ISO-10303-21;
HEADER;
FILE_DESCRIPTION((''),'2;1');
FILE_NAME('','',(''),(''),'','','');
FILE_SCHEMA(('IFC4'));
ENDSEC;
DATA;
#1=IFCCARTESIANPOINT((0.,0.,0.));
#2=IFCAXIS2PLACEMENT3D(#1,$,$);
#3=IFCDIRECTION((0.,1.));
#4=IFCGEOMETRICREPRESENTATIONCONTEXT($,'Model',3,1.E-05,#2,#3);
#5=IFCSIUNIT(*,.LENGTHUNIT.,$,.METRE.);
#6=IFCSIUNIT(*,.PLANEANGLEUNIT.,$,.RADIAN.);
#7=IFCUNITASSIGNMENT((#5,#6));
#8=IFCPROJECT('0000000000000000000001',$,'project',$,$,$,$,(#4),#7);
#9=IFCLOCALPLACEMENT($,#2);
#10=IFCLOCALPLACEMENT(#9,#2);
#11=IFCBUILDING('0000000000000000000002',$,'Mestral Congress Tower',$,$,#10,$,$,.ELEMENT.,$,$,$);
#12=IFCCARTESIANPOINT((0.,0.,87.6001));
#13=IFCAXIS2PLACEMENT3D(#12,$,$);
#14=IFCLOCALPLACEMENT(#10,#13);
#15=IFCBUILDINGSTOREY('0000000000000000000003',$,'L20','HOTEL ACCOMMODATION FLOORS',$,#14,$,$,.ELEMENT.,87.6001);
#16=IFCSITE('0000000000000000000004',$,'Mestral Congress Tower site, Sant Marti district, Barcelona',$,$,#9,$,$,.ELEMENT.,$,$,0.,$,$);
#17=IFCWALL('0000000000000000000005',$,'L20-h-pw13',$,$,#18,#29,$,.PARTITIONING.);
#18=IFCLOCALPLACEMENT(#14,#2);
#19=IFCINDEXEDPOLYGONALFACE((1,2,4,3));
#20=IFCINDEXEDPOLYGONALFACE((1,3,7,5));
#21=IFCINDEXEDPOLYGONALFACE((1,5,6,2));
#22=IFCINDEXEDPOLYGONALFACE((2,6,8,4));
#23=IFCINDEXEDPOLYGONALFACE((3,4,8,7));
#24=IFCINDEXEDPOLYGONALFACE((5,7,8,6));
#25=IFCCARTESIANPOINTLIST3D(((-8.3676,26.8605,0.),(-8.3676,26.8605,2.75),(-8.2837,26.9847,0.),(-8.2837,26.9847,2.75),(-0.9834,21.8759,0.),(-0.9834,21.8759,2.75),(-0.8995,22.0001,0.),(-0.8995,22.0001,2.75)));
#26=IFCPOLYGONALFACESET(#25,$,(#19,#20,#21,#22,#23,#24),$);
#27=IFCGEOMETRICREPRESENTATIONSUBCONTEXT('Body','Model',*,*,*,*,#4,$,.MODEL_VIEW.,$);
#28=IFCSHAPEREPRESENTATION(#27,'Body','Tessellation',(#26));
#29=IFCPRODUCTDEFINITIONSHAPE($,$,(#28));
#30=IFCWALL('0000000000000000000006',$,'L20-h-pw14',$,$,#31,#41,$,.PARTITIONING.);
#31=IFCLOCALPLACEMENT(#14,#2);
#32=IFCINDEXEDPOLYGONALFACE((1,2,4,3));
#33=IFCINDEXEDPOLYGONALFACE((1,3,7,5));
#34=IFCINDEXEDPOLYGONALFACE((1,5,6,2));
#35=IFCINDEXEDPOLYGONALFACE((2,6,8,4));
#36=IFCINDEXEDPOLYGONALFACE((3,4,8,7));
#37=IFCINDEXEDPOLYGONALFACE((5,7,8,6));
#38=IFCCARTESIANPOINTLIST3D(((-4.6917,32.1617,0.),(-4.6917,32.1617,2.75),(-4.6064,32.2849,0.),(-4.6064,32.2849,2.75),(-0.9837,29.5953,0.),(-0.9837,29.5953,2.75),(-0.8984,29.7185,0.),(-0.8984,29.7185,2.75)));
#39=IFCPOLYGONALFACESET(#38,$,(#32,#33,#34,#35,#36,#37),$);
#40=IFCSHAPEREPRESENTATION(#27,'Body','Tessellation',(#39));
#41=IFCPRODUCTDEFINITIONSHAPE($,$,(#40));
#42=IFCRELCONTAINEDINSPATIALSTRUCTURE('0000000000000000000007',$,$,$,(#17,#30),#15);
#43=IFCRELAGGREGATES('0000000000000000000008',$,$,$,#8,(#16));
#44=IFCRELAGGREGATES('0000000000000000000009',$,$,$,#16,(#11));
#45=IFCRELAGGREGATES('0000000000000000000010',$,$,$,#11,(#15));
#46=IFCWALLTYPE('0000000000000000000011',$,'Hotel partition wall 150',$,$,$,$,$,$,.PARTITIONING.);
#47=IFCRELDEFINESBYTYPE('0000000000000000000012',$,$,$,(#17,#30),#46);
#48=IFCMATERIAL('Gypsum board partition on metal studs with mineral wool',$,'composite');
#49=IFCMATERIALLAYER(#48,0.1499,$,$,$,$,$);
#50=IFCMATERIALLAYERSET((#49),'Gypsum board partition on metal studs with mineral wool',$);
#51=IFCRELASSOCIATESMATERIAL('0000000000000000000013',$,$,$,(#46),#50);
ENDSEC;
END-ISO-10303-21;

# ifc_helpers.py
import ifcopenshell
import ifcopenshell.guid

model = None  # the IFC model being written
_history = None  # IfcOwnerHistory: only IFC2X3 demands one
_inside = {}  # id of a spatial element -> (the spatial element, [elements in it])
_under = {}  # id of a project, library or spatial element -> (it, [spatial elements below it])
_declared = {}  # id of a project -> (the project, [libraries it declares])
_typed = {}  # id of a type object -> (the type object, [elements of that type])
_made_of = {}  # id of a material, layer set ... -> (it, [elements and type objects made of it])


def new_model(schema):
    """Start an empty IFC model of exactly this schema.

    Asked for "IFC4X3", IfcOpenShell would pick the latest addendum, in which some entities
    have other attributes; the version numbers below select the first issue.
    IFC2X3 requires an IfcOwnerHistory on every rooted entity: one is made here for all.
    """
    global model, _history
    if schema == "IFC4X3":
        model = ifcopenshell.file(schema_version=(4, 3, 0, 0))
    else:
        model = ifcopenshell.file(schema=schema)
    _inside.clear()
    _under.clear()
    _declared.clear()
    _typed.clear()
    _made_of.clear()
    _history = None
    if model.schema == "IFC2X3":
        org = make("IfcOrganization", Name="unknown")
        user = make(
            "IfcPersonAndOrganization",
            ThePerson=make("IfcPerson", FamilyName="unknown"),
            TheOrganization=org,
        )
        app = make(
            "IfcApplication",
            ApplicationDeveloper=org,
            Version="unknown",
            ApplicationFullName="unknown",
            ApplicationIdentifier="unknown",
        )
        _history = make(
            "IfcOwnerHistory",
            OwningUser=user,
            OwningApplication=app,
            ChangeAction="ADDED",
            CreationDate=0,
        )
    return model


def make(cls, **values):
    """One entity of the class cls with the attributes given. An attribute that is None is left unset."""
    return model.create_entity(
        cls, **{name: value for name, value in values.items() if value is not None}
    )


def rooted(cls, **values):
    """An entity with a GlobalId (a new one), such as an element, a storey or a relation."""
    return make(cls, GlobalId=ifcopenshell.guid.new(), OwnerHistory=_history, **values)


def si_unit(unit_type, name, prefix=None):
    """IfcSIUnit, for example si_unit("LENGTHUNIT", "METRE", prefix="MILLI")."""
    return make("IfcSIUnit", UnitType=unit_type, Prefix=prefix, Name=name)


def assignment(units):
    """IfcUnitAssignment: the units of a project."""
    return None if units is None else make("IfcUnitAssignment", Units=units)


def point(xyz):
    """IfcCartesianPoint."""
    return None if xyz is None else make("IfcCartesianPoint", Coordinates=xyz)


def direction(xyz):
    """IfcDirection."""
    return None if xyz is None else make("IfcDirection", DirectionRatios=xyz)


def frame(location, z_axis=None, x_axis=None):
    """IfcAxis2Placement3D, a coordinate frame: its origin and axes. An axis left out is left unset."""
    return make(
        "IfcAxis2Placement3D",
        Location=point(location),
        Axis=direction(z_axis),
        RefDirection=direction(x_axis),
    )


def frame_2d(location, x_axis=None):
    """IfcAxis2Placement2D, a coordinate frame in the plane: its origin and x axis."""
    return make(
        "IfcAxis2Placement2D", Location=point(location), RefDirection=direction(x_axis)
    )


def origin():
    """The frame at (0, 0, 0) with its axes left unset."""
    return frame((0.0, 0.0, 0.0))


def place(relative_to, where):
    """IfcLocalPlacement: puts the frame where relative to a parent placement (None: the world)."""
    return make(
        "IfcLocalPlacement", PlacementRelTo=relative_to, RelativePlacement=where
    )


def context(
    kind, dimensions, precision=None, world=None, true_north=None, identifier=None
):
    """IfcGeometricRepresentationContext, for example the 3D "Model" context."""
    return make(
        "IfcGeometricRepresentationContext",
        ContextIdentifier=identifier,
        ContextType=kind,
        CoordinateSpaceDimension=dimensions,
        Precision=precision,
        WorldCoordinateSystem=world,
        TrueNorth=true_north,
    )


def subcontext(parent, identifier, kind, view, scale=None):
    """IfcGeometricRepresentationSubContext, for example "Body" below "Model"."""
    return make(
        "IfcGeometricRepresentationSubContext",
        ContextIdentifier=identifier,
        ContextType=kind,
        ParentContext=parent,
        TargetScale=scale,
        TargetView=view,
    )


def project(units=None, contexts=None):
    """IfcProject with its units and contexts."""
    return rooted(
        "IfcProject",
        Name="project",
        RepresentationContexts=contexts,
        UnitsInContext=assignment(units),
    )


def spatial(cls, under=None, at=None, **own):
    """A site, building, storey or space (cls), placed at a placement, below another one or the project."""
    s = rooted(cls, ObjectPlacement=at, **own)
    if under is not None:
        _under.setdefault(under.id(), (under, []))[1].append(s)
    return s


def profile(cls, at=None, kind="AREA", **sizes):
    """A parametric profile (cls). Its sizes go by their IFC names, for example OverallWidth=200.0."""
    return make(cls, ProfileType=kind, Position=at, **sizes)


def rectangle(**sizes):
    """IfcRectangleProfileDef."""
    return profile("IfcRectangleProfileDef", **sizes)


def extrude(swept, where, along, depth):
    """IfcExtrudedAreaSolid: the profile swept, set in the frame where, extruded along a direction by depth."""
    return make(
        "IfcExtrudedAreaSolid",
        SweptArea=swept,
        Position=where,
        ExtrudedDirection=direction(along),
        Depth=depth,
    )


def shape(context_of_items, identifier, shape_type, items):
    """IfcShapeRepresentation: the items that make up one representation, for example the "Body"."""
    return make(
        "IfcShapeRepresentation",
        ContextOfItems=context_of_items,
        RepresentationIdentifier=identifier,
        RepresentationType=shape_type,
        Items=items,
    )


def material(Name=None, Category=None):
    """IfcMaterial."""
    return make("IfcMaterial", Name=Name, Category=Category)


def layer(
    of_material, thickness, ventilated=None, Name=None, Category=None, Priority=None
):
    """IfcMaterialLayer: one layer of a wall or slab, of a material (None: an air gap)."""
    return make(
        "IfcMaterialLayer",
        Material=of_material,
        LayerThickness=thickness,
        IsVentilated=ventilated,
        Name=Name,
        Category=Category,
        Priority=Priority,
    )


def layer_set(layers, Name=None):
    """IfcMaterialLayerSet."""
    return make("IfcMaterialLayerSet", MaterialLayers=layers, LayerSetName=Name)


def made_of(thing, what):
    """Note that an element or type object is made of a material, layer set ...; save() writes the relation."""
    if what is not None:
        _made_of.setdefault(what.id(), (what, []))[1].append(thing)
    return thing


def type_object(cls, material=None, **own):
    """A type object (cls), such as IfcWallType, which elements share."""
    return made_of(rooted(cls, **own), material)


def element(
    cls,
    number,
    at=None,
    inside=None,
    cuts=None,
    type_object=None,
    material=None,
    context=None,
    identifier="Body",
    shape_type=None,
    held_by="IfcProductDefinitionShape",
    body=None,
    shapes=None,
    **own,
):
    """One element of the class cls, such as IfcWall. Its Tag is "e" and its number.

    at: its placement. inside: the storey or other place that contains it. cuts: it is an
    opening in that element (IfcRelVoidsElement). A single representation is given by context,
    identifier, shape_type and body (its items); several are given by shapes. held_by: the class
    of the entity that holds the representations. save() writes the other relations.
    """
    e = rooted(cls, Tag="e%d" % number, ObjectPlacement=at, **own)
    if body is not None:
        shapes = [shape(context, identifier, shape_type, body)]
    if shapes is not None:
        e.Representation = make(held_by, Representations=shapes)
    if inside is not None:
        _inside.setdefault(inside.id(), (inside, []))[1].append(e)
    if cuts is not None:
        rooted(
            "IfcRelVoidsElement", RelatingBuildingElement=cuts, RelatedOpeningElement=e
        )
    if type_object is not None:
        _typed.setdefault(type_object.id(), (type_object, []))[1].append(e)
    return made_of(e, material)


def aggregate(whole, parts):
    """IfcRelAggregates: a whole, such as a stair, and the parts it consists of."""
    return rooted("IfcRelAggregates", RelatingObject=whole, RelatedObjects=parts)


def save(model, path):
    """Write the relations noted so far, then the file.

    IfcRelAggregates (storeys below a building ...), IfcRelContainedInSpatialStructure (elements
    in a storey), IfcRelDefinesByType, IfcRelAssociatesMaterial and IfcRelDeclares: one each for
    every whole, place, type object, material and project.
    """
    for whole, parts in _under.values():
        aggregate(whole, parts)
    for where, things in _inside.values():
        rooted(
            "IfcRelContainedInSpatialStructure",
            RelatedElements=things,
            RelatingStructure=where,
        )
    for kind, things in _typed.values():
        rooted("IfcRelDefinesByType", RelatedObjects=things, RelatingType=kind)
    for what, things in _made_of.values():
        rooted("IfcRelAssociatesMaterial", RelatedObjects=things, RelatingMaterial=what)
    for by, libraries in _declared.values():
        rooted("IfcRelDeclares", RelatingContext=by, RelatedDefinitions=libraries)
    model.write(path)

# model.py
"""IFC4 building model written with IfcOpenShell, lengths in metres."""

from ifc_helpers import new_model, si_unit, direction, frame, frame_2d, origin, place, context, subcontext, project, spatial, rectangle, extrude, material, layer, layer_set, type_object, element, save


model = new_model("IFC4")

# Units and contexts
model_context = context("Model", 3, precision=1e-05, world=origin(), true_north=direction((0.0, 1.0)))
body_context = subcontext(model_context, "Body", "Model", "MODEL_VIEW")
ifc_project = project(units=[si_unit("LENGTHUNIT", "METRE"), si_unit("PLANEANGLEUNIT", "RADIAN")], contexts=[model_context])

# Site, building, storey
site_placement = place(None, origin())
site = spatial("IfcSite", under=ifc_project, at=site_placement, Name="Mestral Congress Tower site, Sant Marti district, Barcelona", CompositionType="ELEMENT", RefElevation=0.0)
building_placement = place(site_placement, origin())
building = spatial("IfcBuilding", under=site, at=building_placement, Name="Mestral Congress Tower", CompositionType="ELEMENT")
storey_placement = place(building_placement, frame((0.0, 0.0, 87.6001)))
storey = spatial("IfcBuildingStorey", under=building, at=storey_placement, Name="L20", Description="HOTEL ACCOMMODATION FLOORS", CompositionType="ELEMENT", Elevation=87.6001)

# Shared definitions
ifc_material_1 = material(Name="Gypsum board partition on metal studs with mineral wool", Category="composite")

# Walls
ifc_layer_1 = layer(ifc_material_1, 0.1499)
ifc_layer_set_1 = layer_set([ifc_layer_1], Name="Gypsum board partition on metal studs with mineral wool")
wall_type_1 = type_object("IfcWallType", Name="Hotel partition wall 150", PredefinedType="PARTITIONING", material=ifc_layer_set_1)
wall_1_placement = place(storey_placement, frame((-8.3257, 26.9226, 0.0), z_axis=(0.0, 0.0, 1.0), x_axis=(0.828837, -0.559491, 0.0)))
element("IfcWall", 1, at=wall_1_placement, inside=storey, type_object=wall_type_1, Name="L20-h-pw13", PredefinedType="PARTITIONING", context=body_context, shape_type="SweptSolid", body=[
    extrude(rectangle(XDim=8.9092, YDim=0.1499, at=frame_2d((4.4546, 0.0))), origin(), (0.0, 0.0, 1.0), 2.75),
])
wall_2_placement = place(storey_placement, frame((-4.6492, 32.2234, 0.0), z_axis=(0.0, 0.0, 1.0), x_axis=(0.822262, -0.569109, 0.0)))
element("IfcWall", 2, at=wall_2_placement, inside=storey, type_object=wall_type_1, Name="L20-h-pw14", PredefinedType="PARTITIONING", context=body_context, shape_type="SweptSolid", body=[
    extrude(rectangle(XDim=4.5095, YDim=0.1499, at=frame_2d((2.2549, 0.0))), origin(), (0.0, 0.0, 1.0), 2.75),
])

save(model, "model.ifc")
